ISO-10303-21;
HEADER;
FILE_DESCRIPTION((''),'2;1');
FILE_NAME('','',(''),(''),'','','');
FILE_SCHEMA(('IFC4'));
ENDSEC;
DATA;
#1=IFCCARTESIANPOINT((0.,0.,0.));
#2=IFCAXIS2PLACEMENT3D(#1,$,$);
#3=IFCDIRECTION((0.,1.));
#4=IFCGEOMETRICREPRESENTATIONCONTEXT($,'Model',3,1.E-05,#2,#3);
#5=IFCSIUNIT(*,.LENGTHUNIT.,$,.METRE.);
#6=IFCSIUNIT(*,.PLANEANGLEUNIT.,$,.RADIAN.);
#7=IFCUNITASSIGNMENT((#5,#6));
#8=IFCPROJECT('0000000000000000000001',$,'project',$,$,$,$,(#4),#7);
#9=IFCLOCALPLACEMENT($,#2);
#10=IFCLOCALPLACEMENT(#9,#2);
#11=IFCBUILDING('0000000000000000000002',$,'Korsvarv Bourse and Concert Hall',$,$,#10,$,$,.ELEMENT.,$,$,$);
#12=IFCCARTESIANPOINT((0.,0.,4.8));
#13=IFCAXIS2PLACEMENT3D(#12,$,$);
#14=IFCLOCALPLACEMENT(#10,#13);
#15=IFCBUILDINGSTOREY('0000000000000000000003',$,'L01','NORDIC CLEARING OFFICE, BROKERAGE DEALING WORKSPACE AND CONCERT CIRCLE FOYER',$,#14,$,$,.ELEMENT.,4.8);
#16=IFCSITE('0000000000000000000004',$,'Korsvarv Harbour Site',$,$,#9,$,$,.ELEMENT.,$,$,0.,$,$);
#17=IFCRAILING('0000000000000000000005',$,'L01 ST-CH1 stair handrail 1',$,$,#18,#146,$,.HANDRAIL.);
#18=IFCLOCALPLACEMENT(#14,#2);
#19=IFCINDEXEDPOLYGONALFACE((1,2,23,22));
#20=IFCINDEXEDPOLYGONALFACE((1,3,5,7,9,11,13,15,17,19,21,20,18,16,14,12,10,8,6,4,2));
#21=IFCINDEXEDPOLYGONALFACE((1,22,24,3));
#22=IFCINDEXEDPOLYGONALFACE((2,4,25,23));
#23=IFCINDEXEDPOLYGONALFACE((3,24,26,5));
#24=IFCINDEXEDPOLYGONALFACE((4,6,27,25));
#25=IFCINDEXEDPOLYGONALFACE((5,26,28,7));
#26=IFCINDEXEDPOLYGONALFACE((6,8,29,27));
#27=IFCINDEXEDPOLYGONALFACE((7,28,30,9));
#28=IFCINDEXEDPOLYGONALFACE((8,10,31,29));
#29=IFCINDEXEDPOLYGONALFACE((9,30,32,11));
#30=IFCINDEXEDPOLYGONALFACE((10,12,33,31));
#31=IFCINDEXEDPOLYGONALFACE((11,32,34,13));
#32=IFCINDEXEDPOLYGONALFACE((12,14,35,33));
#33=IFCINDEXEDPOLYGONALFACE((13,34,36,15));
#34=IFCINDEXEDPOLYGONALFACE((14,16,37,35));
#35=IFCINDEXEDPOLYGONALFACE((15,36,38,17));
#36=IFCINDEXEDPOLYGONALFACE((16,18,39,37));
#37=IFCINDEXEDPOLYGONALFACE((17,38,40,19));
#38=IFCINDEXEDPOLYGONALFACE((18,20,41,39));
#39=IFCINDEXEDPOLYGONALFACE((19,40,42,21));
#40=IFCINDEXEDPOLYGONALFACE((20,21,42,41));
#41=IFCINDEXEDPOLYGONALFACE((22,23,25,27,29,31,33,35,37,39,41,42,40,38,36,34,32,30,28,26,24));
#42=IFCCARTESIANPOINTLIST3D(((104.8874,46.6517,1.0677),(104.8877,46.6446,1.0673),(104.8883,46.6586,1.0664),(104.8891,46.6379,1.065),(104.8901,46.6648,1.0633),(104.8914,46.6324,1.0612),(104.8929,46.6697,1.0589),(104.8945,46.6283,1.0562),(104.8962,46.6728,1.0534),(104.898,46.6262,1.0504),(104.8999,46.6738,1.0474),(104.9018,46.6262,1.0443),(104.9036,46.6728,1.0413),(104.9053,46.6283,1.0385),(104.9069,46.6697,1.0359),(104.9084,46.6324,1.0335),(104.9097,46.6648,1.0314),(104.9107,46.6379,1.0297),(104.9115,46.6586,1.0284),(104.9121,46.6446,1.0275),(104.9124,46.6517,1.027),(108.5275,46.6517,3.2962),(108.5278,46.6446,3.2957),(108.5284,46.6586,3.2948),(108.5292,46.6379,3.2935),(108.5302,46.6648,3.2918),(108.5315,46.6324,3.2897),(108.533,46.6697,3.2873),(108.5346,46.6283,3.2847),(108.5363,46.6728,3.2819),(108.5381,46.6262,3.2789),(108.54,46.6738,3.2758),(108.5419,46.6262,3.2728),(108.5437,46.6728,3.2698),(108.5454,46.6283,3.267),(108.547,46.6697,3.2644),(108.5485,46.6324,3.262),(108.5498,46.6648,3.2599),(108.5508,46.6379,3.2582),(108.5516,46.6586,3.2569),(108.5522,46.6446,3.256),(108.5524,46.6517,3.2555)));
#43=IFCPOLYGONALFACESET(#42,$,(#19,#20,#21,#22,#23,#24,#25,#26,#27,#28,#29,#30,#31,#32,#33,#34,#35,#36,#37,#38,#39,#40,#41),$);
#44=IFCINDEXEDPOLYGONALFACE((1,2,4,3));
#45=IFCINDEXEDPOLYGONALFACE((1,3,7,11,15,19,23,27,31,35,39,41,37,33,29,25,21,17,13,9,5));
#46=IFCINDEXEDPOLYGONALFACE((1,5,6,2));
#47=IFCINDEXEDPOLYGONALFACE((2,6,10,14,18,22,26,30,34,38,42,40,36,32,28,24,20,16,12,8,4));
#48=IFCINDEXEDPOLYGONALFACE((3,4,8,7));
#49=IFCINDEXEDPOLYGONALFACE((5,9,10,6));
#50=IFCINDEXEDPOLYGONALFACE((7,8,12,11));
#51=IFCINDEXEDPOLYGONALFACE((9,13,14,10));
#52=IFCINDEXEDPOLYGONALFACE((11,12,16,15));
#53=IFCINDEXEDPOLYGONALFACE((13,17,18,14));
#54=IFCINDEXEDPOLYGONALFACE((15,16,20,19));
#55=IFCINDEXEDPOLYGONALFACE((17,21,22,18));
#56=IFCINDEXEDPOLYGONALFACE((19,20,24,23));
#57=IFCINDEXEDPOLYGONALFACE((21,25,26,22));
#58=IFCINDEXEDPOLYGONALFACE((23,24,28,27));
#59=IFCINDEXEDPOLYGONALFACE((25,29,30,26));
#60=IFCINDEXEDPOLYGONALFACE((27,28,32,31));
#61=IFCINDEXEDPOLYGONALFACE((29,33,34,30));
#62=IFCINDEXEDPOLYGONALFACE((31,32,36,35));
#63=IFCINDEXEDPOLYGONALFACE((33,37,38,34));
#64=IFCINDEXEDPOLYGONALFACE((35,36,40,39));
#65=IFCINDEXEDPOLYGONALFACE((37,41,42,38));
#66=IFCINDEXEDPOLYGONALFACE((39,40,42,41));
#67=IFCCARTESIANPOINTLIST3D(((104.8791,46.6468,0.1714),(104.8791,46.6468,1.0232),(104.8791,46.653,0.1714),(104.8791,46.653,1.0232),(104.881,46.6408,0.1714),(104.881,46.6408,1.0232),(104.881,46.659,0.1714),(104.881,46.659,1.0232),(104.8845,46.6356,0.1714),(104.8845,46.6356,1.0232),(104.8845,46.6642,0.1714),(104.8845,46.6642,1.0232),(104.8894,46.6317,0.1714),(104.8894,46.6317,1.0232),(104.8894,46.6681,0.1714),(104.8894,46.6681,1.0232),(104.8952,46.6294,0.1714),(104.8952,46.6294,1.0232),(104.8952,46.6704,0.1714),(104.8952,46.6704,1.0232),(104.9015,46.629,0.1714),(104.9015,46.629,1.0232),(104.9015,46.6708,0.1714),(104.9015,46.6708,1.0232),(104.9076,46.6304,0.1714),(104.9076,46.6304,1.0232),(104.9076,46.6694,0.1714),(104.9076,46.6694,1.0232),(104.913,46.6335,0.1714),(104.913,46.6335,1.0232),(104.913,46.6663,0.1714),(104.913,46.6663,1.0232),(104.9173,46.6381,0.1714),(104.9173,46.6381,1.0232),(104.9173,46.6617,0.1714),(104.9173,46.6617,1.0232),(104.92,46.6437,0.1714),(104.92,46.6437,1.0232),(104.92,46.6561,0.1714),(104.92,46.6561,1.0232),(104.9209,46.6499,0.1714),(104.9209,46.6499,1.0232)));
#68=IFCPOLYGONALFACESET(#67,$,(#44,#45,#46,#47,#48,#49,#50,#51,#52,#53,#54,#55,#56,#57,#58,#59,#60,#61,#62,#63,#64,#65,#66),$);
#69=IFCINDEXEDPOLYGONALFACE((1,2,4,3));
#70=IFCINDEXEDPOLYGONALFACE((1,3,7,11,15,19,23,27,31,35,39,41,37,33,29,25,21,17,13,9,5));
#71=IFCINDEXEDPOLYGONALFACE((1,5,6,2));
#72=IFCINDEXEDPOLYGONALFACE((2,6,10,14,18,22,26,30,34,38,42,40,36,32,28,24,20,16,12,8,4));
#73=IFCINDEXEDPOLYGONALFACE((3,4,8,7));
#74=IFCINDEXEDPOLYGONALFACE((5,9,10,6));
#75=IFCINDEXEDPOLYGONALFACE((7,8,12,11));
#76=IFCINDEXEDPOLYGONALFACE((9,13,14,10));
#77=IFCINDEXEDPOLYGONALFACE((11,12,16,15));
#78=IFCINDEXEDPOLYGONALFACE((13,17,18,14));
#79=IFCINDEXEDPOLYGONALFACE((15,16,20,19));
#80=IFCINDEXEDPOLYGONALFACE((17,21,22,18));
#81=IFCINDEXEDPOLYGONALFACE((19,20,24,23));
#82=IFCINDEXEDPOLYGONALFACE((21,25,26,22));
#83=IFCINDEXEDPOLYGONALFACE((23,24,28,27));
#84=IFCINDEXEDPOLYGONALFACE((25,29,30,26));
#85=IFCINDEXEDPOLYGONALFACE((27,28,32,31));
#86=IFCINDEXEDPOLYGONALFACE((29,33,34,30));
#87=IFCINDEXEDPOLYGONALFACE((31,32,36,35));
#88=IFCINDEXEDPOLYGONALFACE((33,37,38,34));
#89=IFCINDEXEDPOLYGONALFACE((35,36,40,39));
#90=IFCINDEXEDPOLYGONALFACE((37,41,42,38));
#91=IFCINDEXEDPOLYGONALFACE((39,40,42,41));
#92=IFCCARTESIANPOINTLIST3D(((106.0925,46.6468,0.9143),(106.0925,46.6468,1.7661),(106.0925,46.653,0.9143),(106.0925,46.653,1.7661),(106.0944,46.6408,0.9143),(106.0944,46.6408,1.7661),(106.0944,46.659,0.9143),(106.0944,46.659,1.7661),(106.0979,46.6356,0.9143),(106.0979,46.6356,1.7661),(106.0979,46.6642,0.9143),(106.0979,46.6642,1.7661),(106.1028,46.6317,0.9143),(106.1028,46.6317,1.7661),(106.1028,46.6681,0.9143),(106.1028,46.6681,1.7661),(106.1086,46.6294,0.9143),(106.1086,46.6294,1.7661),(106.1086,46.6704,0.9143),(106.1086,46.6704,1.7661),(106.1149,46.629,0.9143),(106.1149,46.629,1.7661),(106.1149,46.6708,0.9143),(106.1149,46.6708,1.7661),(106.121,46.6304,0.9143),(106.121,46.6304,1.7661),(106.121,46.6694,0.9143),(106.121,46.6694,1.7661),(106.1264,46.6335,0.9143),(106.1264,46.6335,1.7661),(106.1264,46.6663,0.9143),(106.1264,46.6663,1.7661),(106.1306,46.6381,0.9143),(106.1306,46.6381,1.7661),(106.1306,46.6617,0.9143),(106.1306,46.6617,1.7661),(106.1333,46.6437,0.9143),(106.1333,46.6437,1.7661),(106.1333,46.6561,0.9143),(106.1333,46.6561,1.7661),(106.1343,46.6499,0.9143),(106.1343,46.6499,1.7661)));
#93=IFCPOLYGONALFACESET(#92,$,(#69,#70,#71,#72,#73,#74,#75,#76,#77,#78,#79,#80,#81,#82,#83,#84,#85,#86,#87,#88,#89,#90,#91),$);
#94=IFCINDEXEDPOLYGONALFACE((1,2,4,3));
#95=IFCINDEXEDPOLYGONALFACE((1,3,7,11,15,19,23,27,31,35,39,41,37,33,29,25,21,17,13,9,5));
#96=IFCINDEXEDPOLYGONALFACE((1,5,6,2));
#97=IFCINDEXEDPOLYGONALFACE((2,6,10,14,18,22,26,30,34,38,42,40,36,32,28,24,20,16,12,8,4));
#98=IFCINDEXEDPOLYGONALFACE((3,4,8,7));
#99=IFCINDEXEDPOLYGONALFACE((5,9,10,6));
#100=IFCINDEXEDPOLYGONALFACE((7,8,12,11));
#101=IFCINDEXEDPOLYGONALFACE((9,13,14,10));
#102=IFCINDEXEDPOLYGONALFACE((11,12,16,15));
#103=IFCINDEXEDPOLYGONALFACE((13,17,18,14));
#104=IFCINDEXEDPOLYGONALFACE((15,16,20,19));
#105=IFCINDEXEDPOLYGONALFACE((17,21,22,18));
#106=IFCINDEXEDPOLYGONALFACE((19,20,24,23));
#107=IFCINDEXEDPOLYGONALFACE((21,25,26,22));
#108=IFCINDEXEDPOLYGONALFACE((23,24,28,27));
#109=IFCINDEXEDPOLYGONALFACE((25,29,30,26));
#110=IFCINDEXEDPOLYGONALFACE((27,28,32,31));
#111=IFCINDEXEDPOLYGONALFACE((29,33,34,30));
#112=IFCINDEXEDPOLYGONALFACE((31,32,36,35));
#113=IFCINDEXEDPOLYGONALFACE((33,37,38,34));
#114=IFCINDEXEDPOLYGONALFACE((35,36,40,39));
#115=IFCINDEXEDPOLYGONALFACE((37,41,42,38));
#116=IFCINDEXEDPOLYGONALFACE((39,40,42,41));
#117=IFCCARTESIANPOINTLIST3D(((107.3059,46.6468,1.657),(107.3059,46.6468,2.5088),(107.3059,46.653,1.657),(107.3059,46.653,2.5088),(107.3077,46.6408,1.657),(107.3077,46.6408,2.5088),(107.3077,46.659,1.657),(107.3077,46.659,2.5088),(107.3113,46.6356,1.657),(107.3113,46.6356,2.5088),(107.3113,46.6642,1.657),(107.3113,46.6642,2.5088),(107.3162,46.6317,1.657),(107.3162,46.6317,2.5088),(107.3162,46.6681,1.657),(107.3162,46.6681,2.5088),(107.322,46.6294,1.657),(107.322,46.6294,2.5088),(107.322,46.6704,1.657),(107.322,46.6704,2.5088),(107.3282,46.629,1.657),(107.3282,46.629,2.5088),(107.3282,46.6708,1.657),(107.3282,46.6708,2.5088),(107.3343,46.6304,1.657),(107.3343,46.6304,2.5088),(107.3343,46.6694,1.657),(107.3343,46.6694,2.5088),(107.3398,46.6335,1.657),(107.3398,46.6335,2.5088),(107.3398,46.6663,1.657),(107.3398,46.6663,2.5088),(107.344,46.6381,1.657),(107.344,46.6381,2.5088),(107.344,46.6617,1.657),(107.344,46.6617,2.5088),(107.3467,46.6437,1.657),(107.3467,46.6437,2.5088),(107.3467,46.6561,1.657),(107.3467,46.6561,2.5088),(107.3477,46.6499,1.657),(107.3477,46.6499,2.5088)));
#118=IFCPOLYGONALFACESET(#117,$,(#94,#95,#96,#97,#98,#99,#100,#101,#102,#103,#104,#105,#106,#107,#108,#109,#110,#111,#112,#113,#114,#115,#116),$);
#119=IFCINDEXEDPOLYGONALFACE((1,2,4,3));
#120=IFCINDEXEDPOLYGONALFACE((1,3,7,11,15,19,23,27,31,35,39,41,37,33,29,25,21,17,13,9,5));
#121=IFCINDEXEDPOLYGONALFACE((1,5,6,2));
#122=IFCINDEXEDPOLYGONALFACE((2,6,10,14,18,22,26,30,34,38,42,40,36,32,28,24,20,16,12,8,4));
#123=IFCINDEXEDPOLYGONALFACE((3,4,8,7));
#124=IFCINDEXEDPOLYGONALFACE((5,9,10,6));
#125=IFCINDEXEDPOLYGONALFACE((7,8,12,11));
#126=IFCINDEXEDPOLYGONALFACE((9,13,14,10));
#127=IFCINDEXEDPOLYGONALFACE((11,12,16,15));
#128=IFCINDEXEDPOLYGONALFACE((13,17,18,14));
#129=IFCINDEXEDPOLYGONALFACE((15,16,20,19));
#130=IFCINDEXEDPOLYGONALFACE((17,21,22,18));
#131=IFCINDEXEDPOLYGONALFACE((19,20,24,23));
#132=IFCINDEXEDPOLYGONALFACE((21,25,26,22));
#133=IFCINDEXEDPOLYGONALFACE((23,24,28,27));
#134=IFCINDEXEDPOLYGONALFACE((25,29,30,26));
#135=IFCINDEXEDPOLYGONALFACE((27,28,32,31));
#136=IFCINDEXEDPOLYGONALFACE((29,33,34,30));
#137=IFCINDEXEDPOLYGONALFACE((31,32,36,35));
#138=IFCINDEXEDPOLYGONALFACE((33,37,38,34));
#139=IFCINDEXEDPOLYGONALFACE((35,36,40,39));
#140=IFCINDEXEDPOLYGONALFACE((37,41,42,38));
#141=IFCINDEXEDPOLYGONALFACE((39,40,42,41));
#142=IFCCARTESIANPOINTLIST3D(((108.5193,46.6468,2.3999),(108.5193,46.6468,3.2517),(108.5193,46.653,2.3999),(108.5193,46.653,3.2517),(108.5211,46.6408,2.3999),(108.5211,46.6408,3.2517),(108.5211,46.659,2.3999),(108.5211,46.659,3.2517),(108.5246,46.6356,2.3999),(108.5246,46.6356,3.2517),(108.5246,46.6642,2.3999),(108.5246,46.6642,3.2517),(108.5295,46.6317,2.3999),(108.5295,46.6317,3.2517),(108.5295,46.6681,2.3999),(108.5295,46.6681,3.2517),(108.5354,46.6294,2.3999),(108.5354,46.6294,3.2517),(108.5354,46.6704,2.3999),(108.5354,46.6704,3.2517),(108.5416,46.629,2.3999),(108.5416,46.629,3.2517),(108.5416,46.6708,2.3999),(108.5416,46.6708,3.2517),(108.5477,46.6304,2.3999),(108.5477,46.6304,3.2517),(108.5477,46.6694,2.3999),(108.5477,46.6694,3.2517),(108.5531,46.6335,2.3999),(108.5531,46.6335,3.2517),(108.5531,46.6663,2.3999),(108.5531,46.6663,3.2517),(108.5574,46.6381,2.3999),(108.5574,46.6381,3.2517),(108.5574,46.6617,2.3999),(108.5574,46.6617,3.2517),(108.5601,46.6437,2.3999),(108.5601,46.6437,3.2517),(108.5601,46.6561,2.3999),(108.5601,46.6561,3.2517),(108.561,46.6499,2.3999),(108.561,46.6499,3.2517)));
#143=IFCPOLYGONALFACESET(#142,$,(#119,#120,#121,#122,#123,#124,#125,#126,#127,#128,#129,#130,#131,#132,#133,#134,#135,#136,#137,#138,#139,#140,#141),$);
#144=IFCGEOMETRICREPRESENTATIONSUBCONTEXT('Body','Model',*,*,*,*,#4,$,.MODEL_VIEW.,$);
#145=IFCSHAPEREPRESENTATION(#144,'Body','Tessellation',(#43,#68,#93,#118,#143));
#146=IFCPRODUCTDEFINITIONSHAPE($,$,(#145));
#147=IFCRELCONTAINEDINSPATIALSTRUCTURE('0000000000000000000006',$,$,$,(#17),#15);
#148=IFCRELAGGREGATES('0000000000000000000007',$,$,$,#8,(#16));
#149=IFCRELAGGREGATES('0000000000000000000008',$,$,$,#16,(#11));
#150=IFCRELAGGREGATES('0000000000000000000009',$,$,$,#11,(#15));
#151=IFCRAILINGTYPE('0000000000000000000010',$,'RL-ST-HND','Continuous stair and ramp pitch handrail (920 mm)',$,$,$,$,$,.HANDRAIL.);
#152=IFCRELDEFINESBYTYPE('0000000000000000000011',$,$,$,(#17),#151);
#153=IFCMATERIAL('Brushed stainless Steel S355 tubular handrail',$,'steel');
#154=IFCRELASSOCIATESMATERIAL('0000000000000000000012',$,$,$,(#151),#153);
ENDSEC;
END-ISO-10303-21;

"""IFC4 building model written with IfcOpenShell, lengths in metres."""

from ifc_helpers import new_model, si_unit, direction, frame, origin, origin_2d, place, context, subcontext, project, spatial, circle, extrude, material, type_object, element, save


model = new_model("IFC4")

# Units and contexts
model_context = context("Model", 3, precision=1e-05, world=origin(), true_north=direction((0.0, 1.0)))
body_context = subcontext(model_context, "Body", "Model", "MODEL_VIEW")
ifc_project = project(units=[si_unit("LENGTHUNIT", "METRE"), si_unit("PLANEANGLEUNIT", "RADIAN")], contexts=[model_context])

# Site, building, storey
site_placement = place(None, origin())
site = spatial("IfcSite", under=ifc_project, at=site_placement, Name="Korsvarv Harbour Site", CompositionType="ELEMENT", RefElevation=0.0)
building_placement = place(site_placement, origin())
building = spatial("IfcBuilding", under=site, at=building_placement, Name="Korsvarv Bourse and Concert Hall", CompositionType="ELEMENT")
storey_placement = place(building_placement, frame((0.0, 0.0, 4.8)))
storey = spatial("IfcBuildingStorey", under=building, at=storey_placement, Name="L01", Description="NORDIC CLEARING OFFICE, BROKERAGE DEALING WORKSPACE AND CONCERT CIRCLE FOYER", CompositionType="ELEMENT", Elevation=4.8)

# Railing
ifc_material_1 = material(Name="Brushed stainless Steel S355 tubular handrail", Category="steel")
railing_type_1 = type_object("IfcRailingType", Name="RL-ST-HND", Description="Continuous stair and ramp pitch handrail (920 mm)", PredefinedType="HANDRAIL", material=ifc_material_1)
railing_1_placement = place(storey_placement, frame((104.8999, 46.6499, 0.1714)))
element("IfcRailing", 1, at=railing_1_placement, inside=storey, type_object=railing_type_1, Name="L01 ST-CH1 stair handrail 1", PredefinedType="HANDRAIL", context=body_context, shape_type="SweptSolid", body=[
    extrude(circle(Radius=0.0239, at=origin_2d()), frame((0.0, 0.0, 0.876), z_axis=(0.852866, 0.0, 0.52213), x_axis=(0.0, 1.0, 0.0)), (0.0, 0.0, 1.0), 4.2681),
    extrude(circle(Radius=0.021, at=origin_2d()), origin(), (0.0, 0.0, 1.0), 0.8518),
    extrude(circle(Radius=0.021, at=origin_2d()), frame((1.2134, 0.0, 0.7429)), (0.0, 0.0, 1.0), 0.8518),
    extrude(circle(Radius=0.021, at=origin_2d()), frame((2.4268, 0.0, 1.4856)), (0.0, 0.0, 1.0), 0.8518),
    extrude(circle(Radius=0.021, at=origin_2d()), frame((3.6401, 0.0, 2.2285)), (0.0, 0.0, 1.0), 0.8518),
])

save(model, "model.ifc")
